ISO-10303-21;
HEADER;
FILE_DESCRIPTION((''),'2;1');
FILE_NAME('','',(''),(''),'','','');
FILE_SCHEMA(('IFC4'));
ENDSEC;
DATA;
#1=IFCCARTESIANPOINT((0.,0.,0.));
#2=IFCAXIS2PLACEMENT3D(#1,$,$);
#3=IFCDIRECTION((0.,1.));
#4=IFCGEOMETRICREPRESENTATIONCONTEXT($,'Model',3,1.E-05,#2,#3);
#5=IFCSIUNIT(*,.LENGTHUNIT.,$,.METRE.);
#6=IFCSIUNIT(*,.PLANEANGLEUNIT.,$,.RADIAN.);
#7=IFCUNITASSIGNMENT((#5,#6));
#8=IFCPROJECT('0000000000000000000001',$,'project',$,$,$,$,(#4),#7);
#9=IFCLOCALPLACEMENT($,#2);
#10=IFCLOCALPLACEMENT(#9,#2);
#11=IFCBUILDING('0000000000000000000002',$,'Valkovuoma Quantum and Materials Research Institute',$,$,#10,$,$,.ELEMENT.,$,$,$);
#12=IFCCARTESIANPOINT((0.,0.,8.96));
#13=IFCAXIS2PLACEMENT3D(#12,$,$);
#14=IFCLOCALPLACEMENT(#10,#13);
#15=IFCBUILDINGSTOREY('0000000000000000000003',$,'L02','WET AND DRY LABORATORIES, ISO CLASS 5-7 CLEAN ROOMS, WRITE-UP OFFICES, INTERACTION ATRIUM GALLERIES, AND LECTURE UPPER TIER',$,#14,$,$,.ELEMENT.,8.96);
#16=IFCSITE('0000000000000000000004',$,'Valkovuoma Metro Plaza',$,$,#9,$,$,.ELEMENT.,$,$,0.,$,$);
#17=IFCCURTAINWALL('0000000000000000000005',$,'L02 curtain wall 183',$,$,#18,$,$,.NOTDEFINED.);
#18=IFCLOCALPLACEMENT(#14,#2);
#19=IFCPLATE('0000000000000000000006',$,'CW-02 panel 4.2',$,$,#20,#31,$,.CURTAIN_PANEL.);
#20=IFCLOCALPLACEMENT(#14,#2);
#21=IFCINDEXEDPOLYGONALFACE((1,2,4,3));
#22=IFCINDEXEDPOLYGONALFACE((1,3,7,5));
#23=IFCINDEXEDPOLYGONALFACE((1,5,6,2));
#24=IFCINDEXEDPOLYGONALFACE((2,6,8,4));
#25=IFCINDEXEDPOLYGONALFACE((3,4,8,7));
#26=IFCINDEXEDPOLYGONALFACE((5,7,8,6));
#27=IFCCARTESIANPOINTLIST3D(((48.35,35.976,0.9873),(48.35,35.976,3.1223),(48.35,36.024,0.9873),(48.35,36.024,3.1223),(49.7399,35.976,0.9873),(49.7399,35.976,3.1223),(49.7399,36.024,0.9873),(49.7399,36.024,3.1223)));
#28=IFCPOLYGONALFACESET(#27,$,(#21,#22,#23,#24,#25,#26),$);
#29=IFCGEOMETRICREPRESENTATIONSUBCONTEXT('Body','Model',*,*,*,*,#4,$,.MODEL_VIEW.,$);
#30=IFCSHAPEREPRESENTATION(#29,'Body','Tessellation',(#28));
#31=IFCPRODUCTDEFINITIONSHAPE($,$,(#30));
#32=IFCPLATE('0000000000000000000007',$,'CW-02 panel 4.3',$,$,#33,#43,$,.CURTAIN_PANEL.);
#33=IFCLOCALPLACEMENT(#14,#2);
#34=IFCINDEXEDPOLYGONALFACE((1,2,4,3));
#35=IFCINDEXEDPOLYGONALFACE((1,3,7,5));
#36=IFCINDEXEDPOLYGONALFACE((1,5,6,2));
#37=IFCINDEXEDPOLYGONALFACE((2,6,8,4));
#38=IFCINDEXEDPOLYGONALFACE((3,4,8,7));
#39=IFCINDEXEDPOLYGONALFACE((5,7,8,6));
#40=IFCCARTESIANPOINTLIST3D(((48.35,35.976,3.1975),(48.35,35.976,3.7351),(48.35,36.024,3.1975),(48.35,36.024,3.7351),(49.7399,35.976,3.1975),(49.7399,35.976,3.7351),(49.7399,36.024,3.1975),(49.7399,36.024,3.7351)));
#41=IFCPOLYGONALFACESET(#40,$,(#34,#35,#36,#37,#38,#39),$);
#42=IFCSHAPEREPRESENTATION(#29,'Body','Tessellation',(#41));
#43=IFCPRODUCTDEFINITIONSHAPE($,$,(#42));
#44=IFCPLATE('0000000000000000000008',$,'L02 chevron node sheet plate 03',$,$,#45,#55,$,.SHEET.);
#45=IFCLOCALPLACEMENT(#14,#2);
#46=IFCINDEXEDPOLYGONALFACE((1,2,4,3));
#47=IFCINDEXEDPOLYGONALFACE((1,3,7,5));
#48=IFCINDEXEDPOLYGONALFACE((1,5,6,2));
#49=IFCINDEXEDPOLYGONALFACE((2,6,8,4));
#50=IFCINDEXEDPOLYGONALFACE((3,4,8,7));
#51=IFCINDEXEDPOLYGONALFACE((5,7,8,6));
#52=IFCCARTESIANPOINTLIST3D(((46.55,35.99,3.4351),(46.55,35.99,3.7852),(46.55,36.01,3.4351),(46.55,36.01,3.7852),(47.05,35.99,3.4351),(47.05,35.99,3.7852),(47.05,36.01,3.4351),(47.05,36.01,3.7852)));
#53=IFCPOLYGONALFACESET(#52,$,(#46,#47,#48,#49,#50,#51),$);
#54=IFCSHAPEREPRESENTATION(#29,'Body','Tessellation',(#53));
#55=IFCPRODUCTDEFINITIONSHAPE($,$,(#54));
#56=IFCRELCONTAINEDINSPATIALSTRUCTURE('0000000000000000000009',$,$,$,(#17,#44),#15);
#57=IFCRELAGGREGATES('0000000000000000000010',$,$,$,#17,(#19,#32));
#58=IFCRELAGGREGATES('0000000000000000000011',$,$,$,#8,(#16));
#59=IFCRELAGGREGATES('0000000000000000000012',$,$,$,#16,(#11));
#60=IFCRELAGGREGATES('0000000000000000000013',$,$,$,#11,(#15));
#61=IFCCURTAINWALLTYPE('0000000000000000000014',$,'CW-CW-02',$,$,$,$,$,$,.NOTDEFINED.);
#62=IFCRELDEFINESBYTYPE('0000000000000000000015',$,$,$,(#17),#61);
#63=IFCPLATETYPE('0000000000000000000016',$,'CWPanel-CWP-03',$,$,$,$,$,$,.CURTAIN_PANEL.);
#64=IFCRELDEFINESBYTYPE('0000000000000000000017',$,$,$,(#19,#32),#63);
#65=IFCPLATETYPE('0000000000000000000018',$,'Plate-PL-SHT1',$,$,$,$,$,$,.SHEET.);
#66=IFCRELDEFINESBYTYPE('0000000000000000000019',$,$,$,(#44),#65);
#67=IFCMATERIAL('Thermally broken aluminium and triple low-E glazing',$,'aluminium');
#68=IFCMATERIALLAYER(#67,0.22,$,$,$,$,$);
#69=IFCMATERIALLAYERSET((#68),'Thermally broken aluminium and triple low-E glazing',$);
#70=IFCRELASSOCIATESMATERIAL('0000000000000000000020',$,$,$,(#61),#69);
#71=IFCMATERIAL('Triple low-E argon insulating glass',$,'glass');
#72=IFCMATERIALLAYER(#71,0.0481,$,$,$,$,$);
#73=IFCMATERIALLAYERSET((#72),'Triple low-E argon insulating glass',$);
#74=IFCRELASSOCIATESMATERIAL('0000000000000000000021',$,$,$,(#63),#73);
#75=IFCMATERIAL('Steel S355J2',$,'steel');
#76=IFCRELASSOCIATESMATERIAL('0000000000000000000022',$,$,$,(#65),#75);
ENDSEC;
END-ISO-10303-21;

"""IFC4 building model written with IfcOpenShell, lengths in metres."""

from ifc_helpers import new_model, si_unit, direction, frame, origin, origin_2d, place, context, subcontext, project, spatial, rectangle, extrude, material, layer, layer_set, type_object, element, aggregate, save


model = new_model("IFC4")

# Units and contexts
model_context = context("Model", 3, precision=1e-05, world=origin(), true_north=direction((0.0, 1.0)))
body_context = subcontext(model_context, "Body", "Model", "MODEL_VIEW")
ifc_project = project(units=[si_unit("LENGTHUNIT", "METRE"), si_unit("PLANEANGLEUNIT", "RADIAN")], contexts=[model_context])

# Site, building, storey
site_placement = place(None, origin())
site = spatial("IfcSite", under=ifc_project, at=site_placement, Name="Valkovuoma Metro Plaza", CompositionType="ELEMENT", RefElevation=0.0)
building_placement = place(site_placement, origin())
building = spatial("IfcBuilding", under=site, at=building_placement, Name="Valkovuoma Quantum and Materials Research Institute", CompositionType="ELEMENT")
storey_placement = place(building_placement, frame((0.0, 0.0, 8.96)))
storey = spatial("IfcBuildingStorey", under=building, at=storey_placement, Name="L02", Description="WET AND DRY LABORATORIES, ISO CLASS 5-7 CLEAN ROOMS, WRITE-UP OFFICES, INTERACTION ATRIUM GALLERIES, AND LECTURE UPPER TIER", CompositionType="ELEMENT", Elevation=8.96)

# Curtain wall, plates
ifc_material_1 = material(Name="Thermally broken aluminium and triple low-E glazing", Category="aluminium")
ifc_layer_1 = layer(ifc_material_1, 0.22)
ifc_layer_set_1 = layer_set([ifc_layer_1], Name="Thermally broken aluminium and triple low-E glazing")
curtain_wall_type = type_object("IfcCurtainWallType", Name="CW-CW-02", PredefinedType="NOTDEFINED", material=ifc_layer_set_1)
curtain_wall_placement = place(storey_placement, origin())
curtain_wall = element("IfcCurtainWall", 1, at=curtain_wall_placement, inside=storey, type_object=curtain_wall_type, Name="L02 curtain wall 183", PredefinedType="NOTDEFINED")
ifc_material_2 = material(Name="Triple low-E argon insulating glass", Category="glass")
ifc_layer_2 = layer(ifc_material_2, 0.0481)
ifc_layer_set_2 = layer_set([ifc_layer_2], Name="Triple low-E argon insulating glass")
plate_type_1 = type_object("IfcPlateType", Name="CWPanel-CWP-03", PredefinedType="CURTAIN_PANEL", material=ifc_layer_set_2)
plate_1_placement = place(storey_placement, frame((49.0449, 36.0, 0.9873), z_axis=(0.0, 0.0, 1.0), x_axis=(1.0, 0.0, 0.0)))
plate_1 = element("IfcPlate", 2, at=plate_1_placement, type_object=plate_type_1, Name="CW-02 panel 4.2", PredefinedType="CURTAIN_PANEL", context=body_context, shape_type="SweptSolid", body=[
    extrude(rectangle(XDim=1.3899, YDim=0.0481, at=origin_2d()), origin(), (0.0, 0.0, 1.0), 2.135),
])
plate_2_placement = place(storey_placement, frame((49.0449, 36.0, 3.1975), z_axis=(0.0, 0.0, 1.0), x_axis=(1.0, 0.0, 0.0)))
plate_2 = element("IfcPlate", 3, at=plate_2_placement, type_object=plate_type_1, Name="CW-02 panel 4.3", PredefinedType="CURTAIN_PANEL", context=body_context, shape_type="SweptSolid", body=[
    extrude(rectangle(XDim=1.3899, YDim=0.0481, at=origin_2d()), origin(), (0.0, 0.0, 1.0), 0.5376),
])
aggregate(curtain_wall, [plate_1, plate_2])

# Plate
ifc_material_3 = material(Name="Steel S355J2", Category="steel")
plate_type_2 = type_object("IfcPlateType", Name="Plate-PL-SHT1", PredefinedType="SHEET", material=ifc_material_3)
plate_3_placement = place(storey_placement, frame((46.8, 36.0, 3.4351), z_axis=(0.0, 0.0, 1.0), x_axis=(1.0, 0.0, 0.0)))
element("IfcPlate", 4, at=plate_3_placement, inside=storey, type_object=plate_type_2, Name="L02 chevron node sheet plate 03", PredefinedType="SHEET", context=body_context, shape_type="SweptSolid", body=[
    extrude(rectangle(XDim=0.5, YDim=0.02, at=origin_2d()), origin(), (0.0, 0.0, 1.0), 0.3501),
])

save(model, "model.ifc")
